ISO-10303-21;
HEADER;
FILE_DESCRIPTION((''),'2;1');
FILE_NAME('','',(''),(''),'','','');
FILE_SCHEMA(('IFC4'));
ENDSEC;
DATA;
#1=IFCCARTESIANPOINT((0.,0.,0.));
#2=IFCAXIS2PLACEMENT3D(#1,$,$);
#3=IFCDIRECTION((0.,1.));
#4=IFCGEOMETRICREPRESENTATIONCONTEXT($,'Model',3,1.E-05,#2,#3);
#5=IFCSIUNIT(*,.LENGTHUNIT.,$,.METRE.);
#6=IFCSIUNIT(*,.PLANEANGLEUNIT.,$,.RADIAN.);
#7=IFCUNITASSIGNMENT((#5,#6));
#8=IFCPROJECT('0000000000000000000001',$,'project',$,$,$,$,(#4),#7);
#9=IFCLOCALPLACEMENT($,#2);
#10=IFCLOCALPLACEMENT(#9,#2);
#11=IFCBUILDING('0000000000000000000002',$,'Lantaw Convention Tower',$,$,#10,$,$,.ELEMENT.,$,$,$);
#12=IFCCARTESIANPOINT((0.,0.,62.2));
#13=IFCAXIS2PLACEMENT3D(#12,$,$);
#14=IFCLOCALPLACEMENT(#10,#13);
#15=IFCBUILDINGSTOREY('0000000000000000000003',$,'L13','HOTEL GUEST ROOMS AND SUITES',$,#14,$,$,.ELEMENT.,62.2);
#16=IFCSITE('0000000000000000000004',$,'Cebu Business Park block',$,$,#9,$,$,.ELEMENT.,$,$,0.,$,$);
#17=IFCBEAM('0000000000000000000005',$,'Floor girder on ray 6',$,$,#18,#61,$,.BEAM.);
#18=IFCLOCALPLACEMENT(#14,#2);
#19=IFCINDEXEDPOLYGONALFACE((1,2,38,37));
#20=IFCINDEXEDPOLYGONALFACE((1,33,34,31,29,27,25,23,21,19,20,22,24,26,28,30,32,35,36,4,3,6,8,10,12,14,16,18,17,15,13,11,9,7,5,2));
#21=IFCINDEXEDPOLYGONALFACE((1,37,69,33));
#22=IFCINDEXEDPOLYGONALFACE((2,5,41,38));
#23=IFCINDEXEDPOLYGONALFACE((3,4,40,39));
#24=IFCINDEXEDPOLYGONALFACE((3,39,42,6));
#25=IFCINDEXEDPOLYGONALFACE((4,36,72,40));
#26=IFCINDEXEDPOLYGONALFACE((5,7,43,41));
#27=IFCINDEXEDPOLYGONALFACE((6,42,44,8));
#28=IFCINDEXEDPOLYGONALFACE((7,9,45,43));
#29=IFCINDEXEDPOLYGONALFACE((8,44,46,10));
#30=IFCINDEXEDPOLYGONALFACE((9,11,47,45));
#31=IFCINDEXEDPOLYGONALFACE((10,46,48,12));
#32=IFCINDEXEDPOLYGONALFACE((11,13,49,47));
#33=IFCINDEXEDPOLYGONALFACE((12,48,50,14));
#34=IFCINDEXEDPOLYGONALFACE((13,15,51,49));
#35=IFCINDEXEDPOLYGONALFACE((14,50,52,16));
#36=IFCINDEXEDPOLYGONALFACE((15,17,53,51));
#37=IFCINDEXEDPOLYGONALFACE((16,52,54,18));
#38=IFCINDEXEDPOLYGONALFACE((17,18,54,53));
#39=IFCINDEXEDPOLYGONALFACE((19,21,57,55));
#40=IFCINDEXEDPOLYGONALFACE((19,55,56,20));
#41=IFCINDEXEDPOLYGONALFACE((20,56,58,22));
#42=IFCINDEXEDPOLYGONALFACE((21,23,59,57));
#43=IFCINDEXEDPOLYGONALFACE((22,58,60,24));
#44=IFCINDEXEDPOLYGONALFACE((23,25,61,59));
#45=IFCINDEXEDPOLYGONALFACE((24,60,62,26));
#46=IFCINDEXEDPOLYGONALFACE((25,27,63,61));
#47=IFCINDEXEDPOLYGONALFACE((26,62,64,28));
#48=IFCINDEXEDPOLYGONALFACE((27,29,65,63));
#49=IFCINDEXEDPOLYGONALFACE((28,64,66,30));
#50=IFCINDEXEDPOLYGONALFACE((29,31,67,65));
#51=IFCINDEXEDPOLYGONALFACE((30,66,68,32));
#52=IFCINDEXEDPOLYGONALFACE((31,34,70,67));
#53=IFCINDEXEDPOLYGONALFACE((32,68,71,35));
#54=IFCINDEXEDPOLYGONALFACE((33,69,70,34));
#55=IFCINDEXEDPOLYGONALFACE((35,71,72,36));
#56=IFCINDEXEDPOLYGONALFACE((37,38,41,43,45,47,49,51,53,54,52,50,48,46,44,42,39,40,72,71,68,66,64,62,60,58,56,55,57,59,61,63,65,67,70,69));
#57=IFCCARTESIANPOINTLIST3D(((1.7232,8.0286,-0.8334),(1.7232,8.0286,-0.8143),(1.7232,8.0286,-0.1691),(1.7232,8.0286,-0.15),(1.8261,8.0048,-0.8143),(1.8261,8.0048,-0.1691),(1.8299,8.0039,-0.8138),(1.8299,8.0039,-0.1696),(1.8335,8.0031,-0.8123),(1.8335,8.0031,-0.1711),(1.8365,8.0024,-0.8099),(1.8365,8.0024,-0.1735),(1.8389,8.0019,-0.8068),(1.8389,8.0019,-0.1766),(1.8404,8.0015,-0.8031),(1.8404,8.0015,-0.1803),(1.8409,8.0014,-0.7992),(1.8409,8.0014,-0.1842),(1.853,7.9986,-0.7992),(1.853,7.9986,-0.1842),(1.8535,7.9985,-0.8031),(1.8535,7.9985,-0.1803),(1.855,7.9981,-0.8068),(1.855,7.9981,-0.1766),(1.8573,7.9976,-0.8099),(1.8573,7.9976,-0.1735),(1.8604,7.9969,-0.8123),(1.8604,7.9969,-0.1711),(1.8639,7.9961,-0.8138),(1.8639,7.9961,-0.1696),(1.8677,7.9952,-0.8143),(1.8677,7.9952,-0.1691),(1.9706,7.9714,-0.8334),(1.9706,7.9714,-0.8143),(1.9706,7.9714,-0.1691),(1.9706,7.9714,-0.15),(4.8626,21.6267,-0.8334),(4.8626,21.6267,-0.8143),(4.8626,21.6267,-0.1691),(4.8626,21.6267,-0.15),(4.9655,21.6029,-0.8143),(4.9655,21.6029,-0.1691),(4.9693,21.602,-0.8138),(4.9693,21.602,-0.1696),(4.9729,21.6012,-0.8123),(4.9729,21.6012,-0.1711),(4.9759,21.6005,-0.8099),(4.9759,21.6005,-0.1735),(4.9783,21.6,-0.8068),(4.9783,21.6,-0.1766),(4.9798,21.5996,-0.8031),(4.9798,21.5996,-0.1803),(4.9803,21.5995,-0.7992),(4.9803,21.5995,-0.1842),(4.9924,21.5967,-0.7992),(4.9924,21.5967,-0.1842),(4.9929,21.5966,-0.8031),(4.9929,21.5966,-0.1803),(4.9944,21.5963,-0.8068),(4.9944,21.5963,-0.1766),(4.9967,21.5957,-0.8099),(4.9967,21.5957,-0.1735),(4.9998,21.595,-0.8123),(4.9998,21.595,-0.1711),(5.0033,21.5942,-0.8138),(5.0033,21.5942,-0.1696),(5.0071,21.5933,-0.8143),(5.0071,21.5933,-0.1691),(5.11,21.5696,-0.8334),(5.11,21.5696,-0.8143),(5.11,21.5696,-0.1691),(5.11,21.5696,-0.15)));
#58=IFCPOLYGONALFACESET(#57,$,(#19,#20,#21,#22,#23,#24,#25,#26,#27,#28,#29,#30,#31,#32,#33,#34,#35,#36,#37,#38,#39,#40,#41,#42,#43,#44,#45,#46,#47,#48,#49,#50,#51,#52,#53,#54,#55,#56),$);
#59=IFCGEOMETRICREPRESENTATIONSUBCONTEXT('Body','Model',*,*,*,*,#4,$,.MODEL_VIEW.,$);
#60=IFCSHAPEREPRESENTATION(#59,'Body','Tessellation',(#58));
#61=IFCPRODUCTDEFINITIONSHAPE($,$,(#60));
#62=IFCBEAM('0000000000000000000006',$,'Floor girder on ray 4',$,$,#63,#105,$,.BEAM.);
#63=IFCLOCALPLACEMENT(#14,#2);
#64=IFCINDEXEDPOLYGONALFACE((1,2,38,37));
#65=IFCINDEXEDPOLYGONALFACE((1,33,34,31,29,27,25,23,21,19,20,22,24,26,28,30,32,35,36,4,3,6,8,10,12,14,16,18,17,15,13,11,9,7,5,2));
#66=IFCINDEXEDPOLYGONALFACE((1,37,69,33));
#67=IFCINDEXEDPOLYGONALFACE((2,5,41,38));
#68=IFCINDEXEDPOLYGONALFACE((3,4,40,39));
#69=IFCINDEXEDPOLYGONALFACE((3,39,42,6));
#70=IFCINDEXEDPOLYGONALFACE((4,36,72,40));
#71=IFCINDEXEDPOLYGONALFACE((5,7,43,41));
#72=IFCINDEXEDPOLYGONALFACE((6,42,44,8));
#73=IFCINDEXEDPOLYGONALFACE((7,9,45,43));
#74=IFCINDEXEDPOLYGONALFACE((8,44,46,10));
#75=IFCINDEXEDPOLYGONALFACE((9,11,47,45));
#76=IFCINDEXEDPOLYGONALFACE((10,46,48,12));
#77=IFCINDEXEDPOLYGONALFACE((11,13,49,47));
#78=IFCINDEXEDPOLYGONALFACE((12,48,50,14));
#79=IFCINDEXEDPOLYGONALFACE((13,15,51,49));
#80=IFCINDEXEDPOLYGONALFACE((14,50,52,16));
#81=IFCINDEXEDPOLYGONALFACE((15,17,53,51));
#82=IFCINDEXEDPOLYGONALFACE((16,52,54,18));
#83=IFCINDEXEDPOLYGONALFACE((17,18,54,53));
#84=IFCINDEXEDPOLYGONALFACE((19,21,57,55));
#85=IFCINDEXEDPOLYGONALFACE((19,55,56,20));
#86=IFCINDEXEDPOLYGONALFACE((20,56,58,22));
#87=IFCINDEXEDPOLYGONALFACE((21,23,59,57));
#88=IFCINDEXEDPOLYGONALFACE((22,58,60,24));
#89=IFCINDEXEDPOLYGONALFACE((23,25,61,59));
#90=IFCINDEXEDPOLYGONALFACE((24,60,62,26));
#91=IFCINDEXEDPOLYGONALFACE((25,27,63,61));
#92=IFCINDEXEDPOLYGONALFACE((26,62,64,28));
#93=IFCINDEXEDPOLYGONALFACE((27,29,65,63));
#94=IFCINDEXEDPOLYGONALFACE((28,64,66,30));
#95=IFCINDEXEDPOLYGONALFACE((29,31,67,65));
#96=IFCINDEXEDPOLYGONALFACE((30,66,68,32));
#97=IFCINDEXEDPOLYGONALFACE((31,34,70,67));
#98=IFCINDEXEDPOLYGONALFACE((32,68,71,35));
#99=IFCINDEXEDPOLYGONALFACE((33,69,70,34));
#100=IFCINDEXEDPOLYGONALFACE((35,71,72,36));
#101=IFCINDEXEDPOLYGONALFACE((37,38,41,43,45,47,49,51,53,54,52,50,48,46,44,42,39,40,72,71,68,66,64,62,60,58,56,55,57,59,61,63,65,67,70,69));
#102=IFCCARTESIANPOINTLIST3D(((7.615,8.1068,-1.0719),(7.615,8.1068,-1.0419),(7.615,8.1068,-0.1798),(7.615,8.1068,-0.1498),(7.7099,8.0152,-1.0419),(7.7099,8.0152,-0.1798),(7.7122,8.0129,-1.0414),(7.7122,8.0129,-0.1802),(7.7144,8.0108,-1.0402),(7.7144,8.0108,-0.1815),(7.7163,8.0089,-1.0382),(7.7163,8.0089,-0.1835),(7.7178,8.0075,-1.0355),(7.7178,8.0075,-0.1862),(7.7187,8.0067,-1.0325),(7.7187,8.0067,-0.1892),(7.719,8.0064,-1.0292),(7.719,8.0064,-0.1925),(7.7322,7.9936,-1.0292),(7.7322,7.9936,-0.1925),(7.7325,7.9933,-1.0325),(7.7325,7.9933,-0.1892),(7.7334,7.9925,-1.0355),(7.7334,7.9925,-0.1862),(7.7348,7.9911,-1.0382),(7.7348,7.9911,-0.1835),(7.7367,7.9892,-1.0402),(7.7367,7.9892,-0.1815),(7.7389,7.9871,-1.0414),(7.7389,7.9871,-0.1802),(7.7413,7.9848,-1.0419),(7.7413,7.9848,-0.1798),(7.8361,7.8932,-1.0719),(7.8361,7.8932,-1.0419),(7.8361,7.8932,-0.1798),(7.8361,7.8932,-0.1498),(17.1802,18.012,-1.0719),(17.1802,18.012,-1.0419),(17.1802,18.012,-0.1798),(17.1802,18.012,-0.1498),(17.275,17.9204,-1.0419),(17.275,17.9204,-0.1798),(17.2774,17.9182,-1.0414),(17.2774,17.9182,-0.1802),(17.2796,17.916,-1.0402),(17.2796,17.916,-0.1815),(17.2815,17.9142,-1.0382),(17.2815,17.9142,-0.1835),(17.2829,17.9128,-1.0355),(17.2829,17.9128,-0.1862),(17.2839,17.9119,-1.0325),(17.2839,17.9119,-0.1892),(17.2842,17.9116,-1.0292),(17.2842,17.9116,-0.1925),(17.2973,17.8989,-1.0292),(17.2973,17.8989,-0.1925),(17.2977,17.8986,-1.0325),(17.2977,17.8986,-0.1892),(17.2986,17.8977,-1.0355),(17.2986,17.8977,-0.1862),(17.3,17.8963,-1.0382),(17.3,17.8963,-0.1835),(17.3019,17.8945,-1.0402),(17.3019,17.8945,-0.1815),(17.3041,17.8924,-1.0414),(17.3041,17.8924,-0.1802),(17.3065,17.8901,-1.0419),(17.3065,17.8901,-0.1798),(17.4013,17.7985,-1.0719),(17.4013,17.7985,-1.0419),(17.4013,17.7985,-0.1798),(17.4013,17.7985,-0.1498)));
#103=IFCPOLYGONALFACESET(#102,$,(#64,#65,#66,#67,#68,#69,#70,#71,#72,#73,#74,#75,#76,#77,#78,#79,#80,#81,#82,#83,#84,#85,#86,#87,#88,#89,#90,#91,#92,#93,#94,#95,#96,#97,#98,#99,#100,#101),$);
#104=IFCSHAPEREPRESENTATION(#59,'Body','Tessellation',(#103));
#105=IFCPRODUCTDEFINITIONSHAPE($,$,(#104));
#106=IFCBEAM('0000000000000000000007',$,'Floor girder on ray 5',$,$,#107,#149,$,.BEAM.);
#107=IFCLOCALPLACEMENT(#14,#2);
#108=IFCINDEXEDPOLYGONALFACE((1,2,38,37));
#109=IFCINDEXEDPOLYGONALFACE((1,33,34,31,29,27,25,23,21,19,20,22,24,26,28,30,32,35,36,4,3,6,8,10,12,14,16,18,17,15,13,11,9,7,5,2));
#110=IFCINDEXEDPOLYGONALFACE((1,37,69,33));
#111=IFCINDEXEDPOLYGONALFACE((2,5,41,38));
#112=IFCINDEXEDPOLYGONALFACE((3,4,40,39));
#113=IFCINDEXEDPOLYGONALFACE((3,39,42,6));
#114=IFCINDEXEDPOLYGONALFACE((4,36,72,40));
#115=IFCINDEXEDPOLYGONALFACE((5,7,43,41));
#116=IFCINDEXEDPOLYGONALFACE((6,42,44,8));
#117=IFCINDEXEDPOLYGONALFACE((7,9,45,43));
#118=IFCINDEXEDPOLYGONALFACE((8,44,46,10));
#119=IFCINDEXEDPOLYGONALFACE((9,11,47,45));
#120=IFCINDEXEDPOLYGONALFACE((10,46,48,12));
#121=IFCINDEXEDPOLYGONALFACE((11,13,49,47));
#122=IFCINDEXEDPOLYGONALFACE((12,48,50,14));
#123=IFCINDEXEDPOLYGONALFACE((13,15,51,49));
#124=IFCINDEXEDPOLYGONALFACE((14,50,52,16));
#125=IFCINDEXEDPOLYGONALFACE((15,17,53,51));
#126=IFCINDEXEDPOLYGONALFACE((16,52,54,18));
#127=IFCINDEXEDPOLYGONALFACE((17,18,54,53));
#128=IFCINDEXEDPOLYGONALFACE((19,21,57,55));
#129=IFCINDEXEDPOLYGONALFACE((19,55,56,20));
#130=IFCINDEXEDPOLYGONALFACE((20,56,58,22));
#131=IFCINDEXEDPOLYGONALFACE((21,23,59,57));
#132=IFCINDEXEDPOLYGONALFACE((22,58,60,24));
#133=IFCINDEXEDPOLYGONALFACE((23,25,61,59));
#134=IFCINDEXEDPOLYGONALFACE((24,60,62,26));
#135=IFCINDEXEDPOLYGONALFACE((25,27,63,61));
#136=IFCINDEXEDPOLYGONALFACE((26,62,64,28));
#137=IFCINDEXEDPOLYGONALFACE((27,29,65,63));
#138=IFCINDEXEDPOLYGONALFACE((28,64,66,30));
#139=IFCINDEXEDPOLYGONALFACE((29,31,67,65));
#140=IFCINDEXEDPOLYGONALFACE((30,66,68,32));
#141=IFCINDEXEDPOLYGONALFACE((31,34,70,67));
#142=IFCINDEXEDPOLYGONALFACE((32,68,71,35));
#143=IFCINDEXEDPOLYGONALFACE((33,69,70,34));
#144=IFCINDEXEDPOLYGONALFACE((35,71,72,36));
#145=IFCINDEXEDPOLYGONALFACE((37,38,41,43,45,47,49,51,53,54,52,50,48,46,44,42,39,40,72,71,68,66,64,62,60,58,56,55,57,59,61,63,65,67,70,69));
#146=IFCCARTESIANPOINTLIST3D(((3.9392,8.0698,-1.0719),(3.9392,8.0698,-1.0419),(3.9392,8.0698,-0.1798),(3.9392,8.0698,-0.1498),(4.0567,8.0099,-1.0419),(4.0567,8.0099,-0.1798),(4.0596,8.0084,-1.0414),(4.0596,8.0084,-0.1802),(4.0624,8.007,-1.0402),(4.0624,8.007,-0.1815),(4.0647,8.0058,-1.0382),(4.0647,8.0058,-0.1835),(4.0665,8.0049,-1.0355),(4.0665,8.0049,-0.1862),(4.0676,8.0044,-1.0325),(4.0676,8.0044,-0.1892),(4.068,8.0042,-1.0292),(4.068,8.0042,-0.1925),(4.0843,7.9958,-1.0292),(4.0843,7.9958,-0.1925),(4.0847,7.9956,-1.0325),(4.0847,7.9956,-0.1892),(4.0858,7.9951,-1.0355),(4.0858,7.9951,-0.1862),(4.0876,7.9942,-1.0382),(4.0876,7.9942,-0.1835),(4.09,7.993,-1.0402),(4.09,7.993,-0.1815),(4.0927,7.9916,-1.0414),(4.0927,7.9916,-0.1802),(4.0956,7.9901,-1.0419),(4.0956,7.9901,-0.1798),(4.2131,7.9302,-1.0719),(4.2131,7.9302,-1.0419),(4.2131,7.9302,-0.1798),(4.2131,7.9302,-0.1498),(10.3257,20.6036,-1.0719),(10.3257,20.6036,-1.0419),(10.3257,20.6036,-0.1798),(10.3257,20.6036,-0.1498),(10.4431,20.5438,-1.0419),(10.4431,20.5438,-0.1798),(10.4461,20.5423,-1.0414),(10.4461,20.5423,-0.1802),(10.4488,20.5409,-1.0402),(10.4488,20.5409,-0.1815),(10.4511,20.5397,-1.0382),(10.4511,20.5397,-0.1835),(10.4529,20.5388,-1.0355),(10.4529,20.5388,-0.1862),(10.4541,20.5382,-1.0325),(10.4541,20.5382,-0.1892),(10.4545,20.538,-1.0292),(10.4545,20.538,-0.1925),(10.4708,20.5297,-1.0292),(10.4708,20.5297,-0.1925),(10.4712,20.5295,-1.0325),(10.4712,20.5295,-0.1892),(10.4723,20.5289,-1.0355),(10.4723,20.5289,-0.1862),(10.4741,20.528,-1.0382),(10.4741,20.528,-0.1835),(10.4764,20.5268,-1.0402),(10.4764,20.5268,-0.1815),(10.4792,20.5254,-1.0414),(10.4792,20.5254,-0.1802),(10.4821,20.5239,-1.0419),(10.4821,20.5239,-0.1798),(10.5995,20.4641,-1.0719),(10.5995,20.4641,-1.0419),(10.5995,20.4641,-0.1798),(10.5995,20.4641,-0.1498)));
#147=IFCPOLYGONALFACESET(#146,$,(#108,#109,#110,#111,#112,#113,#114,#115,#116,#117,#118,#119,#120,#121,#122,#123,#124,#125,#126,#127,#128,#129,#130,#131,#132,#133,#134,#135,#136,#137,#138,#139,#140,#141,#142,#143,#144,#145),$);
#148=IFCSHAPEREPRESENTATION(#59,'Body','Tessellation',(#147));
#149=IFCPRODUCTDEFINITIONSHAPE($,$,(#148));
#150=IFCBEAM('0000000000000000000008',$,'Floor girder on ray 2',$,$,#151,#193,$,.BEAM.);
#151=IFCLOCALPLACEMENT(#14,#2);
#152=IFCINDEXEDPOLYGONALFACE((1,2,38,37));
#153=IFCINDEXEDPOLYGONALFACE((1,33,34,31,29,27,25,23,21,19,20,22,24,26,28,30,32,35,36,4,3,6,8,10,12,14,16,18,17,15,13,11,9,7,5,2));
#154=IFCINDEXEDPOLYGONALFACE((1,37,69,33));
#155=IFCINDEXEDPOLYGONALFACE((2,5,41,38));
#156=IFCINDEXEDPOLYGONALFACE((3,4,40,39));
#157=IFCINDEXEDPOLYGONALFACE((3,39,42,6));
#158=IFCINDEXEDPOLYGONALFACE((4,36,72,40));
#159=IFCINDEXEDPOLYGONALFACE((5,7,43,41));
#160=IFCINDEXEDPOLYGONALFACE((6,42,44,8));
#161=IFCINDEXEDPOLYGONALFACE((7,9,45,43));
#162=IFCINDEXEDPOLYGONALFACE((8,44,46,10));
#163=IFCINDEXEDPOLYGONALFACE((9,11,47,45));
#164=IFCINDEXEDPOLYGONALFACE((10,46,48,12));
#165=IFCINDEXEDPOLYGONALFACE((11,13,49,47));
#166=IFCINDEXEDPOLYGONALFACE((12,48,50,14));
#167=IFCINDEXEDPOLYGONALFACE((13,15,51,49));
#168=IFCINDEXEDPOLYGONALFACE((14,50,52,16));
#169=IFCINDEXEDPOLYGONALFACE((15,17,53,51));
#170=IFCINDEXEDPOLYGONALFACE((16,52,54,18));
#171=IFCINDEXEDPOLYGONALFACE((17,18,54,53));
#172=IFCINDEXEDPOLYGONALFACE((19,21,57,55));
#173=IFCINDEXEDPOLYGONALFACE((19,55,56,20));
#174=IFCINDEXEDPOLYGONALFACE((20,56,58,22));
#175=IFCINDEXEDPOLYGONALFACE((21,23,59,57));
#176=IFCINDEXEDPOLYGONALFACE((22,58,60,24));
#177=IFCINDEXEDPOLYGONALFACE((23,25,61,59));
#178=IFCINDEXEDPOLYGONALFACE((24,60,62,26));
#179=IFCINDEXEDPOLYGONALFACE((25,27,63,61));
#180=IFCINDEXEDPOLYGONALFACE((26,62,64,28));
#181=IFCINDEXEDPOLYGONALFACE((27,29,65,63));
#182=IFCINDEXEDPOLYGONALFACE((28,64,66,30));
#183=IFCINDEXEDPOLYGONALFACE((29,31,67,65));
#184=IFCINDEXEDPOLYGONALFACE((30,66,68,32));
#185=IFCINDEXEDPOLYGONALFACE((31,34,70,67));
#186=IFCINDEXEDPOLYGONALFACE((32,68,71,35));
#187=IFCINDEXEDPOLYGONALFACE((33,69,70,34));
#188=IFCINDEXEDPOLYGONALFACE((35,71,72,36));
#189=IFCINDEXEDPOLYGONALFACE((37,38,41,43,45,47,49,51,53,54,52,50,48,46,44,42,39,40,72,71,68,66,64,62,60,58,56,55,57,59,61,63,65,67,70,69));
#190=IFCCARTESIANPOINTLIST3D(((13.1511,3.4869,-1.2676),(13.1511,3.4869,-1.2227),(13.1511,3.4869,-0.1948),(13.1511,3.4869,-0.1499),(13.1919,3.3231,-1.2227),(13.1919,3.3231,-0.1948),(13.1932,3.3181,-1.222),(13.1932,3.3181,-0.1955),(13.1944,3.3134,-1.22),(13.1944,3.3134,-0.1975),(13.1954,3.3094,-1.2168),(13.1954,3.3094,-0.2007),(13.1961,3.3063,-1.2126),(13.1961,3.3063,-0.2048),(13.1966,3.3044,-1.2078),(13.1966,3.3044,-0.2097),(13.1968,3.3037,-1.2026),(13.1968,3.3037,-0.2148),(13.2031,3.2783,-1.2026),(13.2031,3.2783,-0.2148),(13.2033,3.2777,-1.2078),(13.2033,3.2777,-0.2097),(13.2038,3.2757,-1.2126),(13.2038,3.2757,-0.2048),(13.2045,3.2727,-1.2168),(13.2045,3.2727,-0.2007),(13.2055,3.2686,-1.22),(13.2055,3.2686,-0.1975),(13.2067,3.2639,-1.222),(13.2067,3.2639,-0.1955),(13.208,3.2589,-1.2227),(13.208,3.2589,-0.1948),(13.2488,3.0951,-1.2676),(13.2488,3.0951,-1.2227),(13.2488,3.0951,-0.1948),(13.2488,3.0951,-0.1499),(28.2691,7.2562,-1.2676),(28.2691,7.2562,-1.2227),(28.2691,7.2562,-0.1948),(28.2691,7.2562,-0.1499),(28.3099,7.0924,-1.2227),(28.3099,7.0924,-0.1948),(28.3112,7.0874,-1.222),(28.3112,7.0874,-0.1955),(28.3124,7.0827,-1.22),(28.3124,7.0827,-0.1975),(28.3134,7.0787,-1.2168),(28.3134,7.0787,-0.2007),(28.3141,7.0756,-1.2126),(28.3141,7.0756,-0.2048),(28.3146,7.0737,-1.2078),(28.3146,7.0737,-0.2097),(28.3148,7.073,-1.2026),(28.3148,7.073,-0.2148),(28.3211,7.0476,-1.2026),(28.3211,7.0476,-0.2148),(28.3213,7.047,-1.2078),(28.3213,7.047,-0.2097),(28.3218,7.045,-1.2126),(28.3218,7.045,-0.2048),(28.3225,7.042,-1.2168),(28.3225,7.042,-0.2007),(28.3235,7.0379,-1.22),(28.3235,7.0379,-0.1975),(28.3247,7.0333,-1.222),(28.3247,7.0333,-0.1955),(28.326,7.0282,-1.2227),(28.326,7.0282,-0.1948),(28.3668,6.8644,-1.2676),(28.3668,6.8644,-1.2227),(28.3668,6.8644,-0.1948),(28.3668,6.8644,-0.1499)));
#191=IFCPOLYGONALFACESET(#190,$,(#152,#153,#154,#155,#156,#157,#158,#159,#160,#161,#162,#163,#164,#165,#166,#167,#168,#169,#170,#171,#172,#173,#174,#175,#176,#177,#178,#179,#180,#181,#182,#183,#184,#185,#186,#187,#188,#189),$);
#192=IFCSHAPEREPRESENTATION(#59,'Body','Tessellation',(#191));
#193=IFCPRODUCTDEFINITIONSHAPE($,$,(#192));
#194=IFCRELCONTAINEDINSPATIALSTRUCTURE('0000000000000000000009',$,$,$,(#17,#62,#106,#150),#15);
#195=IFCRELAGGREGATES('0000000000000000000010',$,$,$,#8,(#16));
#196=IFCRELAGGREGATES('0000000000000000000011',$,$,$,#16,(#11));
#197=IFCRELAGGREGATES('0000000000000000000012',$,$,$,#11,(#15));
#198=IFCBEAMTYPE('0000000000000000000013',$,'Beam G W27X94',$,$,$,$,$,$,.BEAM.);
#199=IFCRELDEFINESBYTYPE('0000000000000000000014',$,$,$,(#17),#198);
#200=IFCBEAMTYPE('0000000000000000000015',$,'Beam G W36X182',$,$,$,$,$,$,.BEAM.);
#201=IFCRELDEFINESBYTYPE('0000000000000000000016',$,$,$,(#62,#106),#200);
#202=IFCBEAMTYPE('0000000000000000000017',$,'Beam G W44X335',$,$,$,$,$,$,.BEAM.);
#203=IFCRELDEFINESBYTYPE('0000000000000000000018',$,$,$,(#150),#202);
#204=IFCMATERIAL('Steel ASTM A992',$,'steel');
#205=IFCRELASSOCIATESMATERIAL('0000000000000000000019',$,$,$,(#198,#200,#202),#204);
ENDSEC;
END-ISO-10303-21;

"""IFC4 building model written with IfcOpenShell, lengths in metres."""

from ifc_helpers import new_model, si_unit, direction, frame, origin, origin_2d, place, context, subcontext, project, spatial, i_section, extrude, material, material_profile, profile_set, type_object, element, save


model = new_model("IFC4")

# Units and contexts
model_context = context("Model", 3, precision=1e-05, world=origin(), true_north=direction((0.0, 1.0)))
body_context = subcontext(model_context, "Body", "Model", "MODEL_VIEW")
ifc_project = project(units=[si_unit("LENGTHUNIT", "METRE"), si_unit("PLANEANGLEUNIT", "RADIAN")], contexts=[model_context])

# Site, building, storey
site_placement = place(None, origin())
site = spatial("IfcSite", under=ifc_project, at=site_placement, Name="Cebu Business Park block", CompositionType="ELEMENT", RefElevation=0.0)
building_placement = place(site_placement, origin())
building = spatial("IfcBuilding", under=site, at=building_placement, Name="Lantaw Convention Tower", CompositionType="ELEMENT")
storey_placement = place(building_placement, frame((0.0, 0.0, 62.2)))
storey = spatial("IfcBuildingStorey", under=building, at=storey_placement, Name="L13", Description="HOTEL GUEST ROOMS AND SUITES", CompositionType="ELEMENT", Elevation=62.2)

# Beams
ifc_material_1 = material(Name="Steel ASTM A992", Category="steel")
ifc_material_profile_1 = material_profile(ifc_material_1, i_section(OverallWidth=0.2539, OverallDepth=0.6833, WebThickness=0.0125, FlangeThickness=0.019, FilletRadius=0.0151, at=origin_2d()), Name="W27X94")
ifc_profile_set_1 = profile_set([ifc_material_profile_1], Name="Steel ASTM A992")
beam_type_1 = type_object("IfcBeamType", Name="Beam G W27X94", PredefinedType="BEAM", material=ifc_profile_set_1)
beam_1_placement = place(storey_placement, frame((1.8469, 8.0, -0.4917), z_axis=(0.224953, 0.97437, 0.0), x_axis=(-0.97437, 0.224953, 0.0)))
element("IfcBeam", 1, at=beam_1_placement, inside=storey, type_object=beam_type_1, Name="Floor girder on ray 6", PredefinedType="BEAM", context=body_context, shape_type="SweptSolid", body=[
    extrude(i_section(OverallWidth=0.2539, OverallDepth=0.6833, WebThickness=0.0125, FlangeThickness=0.019, FilletRadius=0.0151, at=origin_2d()), origin(), (0.0, 0.0, 1.0), 13.9558),
])
ifc_material_profile_2 = material_profile(ifc_material_1, i_section(OverallWidth=0.3074, OverallDepth=0.9221, WebThickness=0.0183, FlangeThickness=0.03, FilletRadius=0.0127, at=origin_2d()), Name="W36X182")
ifc_profile_set_2 = profile_set([ifc_material_profile_2], Name="Steel ASTM A992")
beam_type_2 = type_object("IfcBeamType", Name="Beam G W36X182", PredefinedType="BEAM", material=ifc_profile_set_2)
beam_2_placement = place(storey_placement, frame((7.7256, 8.0, -0.6108), z_axis=(0.69465, 0.719348, 0.0), x_axis=(-0.719348, 0.69465, 0.0)))
element("IfcBeam", 2, at=beam_2_placement, inside=storey, type_object=beam_type_2, Name="Floor girder on ray 4", PredefinedType="BEAM", context=body_context, shape_type="SweptSolid", body=[
    extrude(i_section(OverallWidth=0.3074, OverallDepth=0.9221, WebThickness=0.0183, FlangeThickness=0.03, FilletRadius=0.0127, at=origin_2d()), origin(), (0.0, 0.0, 1.0), 13.7698),
])
beam_3_placement = place(storey_placement, frame((4.0762, 8.0, -0.6108), z_axis=(0.453997, 0.891003, 0.0), x_axis=(-0.891003, 0.453997, 0.0)))
element("IfcBeam", 3, at=beam_3_placement, inside=storey, type_object=beam_type_2, Name="Floor girder on ray 5", PredefinedType="BEAM", context=body_context, shape_type="SweptSolid", body=[
    extrude(i_section(OverallWidth=0.3074, OverallDepth=0.9221, WebThickness=0.0183, FlangeThickness=0.03, FilletRadius=0.0127, at=origin_2d()), origin(), (0.0, 0.0, 1.0), 14.0671),
])
ifc_material_profile_3 = material_profile(ifc_material_1, i_section(OverallWidth=0.4038, OverallDepth=1.1177, WebThickness=0.0261, FlangeThickness=0.0449, FilletRadius=0.02, at=origin_2d()), Name="W44X335")
ifc_profile_set_3 = profile_set([ifc_material_profile_3], Name="Steel ASTM A992")
beam_type_3 = type_object("IfcBeamType", Name="Beam G W44X335", PredefinedType="BEAM", material=ifc_profile_set_3)
beam_4_placement = place(storey_placement, frame((13.2, 3.291, -0.7087), z_axis=(0.970296, 0.24192, 0.0), x_axis=(-0.24192, 0.970296, 0.0)))
element("IfcBeam", 4, at=beam_4_placement, inside=storey, type_object=beam_type_3, Name="Floor girder on ray 2", PredefinedType="BEAM", context=body_context, shape_type="SweptSolid", body=[
    extrude(i_section(OverallWidth=0.4038, OverallDepth=1.1177, WebThickness=0.0261, FlangeThickness=0.0449, FilletRadius=0.02, at=origin_2d()), origin(), (0.0, 0.0, 1.0), 15.5808),
])

save(model, "model.ifc")
